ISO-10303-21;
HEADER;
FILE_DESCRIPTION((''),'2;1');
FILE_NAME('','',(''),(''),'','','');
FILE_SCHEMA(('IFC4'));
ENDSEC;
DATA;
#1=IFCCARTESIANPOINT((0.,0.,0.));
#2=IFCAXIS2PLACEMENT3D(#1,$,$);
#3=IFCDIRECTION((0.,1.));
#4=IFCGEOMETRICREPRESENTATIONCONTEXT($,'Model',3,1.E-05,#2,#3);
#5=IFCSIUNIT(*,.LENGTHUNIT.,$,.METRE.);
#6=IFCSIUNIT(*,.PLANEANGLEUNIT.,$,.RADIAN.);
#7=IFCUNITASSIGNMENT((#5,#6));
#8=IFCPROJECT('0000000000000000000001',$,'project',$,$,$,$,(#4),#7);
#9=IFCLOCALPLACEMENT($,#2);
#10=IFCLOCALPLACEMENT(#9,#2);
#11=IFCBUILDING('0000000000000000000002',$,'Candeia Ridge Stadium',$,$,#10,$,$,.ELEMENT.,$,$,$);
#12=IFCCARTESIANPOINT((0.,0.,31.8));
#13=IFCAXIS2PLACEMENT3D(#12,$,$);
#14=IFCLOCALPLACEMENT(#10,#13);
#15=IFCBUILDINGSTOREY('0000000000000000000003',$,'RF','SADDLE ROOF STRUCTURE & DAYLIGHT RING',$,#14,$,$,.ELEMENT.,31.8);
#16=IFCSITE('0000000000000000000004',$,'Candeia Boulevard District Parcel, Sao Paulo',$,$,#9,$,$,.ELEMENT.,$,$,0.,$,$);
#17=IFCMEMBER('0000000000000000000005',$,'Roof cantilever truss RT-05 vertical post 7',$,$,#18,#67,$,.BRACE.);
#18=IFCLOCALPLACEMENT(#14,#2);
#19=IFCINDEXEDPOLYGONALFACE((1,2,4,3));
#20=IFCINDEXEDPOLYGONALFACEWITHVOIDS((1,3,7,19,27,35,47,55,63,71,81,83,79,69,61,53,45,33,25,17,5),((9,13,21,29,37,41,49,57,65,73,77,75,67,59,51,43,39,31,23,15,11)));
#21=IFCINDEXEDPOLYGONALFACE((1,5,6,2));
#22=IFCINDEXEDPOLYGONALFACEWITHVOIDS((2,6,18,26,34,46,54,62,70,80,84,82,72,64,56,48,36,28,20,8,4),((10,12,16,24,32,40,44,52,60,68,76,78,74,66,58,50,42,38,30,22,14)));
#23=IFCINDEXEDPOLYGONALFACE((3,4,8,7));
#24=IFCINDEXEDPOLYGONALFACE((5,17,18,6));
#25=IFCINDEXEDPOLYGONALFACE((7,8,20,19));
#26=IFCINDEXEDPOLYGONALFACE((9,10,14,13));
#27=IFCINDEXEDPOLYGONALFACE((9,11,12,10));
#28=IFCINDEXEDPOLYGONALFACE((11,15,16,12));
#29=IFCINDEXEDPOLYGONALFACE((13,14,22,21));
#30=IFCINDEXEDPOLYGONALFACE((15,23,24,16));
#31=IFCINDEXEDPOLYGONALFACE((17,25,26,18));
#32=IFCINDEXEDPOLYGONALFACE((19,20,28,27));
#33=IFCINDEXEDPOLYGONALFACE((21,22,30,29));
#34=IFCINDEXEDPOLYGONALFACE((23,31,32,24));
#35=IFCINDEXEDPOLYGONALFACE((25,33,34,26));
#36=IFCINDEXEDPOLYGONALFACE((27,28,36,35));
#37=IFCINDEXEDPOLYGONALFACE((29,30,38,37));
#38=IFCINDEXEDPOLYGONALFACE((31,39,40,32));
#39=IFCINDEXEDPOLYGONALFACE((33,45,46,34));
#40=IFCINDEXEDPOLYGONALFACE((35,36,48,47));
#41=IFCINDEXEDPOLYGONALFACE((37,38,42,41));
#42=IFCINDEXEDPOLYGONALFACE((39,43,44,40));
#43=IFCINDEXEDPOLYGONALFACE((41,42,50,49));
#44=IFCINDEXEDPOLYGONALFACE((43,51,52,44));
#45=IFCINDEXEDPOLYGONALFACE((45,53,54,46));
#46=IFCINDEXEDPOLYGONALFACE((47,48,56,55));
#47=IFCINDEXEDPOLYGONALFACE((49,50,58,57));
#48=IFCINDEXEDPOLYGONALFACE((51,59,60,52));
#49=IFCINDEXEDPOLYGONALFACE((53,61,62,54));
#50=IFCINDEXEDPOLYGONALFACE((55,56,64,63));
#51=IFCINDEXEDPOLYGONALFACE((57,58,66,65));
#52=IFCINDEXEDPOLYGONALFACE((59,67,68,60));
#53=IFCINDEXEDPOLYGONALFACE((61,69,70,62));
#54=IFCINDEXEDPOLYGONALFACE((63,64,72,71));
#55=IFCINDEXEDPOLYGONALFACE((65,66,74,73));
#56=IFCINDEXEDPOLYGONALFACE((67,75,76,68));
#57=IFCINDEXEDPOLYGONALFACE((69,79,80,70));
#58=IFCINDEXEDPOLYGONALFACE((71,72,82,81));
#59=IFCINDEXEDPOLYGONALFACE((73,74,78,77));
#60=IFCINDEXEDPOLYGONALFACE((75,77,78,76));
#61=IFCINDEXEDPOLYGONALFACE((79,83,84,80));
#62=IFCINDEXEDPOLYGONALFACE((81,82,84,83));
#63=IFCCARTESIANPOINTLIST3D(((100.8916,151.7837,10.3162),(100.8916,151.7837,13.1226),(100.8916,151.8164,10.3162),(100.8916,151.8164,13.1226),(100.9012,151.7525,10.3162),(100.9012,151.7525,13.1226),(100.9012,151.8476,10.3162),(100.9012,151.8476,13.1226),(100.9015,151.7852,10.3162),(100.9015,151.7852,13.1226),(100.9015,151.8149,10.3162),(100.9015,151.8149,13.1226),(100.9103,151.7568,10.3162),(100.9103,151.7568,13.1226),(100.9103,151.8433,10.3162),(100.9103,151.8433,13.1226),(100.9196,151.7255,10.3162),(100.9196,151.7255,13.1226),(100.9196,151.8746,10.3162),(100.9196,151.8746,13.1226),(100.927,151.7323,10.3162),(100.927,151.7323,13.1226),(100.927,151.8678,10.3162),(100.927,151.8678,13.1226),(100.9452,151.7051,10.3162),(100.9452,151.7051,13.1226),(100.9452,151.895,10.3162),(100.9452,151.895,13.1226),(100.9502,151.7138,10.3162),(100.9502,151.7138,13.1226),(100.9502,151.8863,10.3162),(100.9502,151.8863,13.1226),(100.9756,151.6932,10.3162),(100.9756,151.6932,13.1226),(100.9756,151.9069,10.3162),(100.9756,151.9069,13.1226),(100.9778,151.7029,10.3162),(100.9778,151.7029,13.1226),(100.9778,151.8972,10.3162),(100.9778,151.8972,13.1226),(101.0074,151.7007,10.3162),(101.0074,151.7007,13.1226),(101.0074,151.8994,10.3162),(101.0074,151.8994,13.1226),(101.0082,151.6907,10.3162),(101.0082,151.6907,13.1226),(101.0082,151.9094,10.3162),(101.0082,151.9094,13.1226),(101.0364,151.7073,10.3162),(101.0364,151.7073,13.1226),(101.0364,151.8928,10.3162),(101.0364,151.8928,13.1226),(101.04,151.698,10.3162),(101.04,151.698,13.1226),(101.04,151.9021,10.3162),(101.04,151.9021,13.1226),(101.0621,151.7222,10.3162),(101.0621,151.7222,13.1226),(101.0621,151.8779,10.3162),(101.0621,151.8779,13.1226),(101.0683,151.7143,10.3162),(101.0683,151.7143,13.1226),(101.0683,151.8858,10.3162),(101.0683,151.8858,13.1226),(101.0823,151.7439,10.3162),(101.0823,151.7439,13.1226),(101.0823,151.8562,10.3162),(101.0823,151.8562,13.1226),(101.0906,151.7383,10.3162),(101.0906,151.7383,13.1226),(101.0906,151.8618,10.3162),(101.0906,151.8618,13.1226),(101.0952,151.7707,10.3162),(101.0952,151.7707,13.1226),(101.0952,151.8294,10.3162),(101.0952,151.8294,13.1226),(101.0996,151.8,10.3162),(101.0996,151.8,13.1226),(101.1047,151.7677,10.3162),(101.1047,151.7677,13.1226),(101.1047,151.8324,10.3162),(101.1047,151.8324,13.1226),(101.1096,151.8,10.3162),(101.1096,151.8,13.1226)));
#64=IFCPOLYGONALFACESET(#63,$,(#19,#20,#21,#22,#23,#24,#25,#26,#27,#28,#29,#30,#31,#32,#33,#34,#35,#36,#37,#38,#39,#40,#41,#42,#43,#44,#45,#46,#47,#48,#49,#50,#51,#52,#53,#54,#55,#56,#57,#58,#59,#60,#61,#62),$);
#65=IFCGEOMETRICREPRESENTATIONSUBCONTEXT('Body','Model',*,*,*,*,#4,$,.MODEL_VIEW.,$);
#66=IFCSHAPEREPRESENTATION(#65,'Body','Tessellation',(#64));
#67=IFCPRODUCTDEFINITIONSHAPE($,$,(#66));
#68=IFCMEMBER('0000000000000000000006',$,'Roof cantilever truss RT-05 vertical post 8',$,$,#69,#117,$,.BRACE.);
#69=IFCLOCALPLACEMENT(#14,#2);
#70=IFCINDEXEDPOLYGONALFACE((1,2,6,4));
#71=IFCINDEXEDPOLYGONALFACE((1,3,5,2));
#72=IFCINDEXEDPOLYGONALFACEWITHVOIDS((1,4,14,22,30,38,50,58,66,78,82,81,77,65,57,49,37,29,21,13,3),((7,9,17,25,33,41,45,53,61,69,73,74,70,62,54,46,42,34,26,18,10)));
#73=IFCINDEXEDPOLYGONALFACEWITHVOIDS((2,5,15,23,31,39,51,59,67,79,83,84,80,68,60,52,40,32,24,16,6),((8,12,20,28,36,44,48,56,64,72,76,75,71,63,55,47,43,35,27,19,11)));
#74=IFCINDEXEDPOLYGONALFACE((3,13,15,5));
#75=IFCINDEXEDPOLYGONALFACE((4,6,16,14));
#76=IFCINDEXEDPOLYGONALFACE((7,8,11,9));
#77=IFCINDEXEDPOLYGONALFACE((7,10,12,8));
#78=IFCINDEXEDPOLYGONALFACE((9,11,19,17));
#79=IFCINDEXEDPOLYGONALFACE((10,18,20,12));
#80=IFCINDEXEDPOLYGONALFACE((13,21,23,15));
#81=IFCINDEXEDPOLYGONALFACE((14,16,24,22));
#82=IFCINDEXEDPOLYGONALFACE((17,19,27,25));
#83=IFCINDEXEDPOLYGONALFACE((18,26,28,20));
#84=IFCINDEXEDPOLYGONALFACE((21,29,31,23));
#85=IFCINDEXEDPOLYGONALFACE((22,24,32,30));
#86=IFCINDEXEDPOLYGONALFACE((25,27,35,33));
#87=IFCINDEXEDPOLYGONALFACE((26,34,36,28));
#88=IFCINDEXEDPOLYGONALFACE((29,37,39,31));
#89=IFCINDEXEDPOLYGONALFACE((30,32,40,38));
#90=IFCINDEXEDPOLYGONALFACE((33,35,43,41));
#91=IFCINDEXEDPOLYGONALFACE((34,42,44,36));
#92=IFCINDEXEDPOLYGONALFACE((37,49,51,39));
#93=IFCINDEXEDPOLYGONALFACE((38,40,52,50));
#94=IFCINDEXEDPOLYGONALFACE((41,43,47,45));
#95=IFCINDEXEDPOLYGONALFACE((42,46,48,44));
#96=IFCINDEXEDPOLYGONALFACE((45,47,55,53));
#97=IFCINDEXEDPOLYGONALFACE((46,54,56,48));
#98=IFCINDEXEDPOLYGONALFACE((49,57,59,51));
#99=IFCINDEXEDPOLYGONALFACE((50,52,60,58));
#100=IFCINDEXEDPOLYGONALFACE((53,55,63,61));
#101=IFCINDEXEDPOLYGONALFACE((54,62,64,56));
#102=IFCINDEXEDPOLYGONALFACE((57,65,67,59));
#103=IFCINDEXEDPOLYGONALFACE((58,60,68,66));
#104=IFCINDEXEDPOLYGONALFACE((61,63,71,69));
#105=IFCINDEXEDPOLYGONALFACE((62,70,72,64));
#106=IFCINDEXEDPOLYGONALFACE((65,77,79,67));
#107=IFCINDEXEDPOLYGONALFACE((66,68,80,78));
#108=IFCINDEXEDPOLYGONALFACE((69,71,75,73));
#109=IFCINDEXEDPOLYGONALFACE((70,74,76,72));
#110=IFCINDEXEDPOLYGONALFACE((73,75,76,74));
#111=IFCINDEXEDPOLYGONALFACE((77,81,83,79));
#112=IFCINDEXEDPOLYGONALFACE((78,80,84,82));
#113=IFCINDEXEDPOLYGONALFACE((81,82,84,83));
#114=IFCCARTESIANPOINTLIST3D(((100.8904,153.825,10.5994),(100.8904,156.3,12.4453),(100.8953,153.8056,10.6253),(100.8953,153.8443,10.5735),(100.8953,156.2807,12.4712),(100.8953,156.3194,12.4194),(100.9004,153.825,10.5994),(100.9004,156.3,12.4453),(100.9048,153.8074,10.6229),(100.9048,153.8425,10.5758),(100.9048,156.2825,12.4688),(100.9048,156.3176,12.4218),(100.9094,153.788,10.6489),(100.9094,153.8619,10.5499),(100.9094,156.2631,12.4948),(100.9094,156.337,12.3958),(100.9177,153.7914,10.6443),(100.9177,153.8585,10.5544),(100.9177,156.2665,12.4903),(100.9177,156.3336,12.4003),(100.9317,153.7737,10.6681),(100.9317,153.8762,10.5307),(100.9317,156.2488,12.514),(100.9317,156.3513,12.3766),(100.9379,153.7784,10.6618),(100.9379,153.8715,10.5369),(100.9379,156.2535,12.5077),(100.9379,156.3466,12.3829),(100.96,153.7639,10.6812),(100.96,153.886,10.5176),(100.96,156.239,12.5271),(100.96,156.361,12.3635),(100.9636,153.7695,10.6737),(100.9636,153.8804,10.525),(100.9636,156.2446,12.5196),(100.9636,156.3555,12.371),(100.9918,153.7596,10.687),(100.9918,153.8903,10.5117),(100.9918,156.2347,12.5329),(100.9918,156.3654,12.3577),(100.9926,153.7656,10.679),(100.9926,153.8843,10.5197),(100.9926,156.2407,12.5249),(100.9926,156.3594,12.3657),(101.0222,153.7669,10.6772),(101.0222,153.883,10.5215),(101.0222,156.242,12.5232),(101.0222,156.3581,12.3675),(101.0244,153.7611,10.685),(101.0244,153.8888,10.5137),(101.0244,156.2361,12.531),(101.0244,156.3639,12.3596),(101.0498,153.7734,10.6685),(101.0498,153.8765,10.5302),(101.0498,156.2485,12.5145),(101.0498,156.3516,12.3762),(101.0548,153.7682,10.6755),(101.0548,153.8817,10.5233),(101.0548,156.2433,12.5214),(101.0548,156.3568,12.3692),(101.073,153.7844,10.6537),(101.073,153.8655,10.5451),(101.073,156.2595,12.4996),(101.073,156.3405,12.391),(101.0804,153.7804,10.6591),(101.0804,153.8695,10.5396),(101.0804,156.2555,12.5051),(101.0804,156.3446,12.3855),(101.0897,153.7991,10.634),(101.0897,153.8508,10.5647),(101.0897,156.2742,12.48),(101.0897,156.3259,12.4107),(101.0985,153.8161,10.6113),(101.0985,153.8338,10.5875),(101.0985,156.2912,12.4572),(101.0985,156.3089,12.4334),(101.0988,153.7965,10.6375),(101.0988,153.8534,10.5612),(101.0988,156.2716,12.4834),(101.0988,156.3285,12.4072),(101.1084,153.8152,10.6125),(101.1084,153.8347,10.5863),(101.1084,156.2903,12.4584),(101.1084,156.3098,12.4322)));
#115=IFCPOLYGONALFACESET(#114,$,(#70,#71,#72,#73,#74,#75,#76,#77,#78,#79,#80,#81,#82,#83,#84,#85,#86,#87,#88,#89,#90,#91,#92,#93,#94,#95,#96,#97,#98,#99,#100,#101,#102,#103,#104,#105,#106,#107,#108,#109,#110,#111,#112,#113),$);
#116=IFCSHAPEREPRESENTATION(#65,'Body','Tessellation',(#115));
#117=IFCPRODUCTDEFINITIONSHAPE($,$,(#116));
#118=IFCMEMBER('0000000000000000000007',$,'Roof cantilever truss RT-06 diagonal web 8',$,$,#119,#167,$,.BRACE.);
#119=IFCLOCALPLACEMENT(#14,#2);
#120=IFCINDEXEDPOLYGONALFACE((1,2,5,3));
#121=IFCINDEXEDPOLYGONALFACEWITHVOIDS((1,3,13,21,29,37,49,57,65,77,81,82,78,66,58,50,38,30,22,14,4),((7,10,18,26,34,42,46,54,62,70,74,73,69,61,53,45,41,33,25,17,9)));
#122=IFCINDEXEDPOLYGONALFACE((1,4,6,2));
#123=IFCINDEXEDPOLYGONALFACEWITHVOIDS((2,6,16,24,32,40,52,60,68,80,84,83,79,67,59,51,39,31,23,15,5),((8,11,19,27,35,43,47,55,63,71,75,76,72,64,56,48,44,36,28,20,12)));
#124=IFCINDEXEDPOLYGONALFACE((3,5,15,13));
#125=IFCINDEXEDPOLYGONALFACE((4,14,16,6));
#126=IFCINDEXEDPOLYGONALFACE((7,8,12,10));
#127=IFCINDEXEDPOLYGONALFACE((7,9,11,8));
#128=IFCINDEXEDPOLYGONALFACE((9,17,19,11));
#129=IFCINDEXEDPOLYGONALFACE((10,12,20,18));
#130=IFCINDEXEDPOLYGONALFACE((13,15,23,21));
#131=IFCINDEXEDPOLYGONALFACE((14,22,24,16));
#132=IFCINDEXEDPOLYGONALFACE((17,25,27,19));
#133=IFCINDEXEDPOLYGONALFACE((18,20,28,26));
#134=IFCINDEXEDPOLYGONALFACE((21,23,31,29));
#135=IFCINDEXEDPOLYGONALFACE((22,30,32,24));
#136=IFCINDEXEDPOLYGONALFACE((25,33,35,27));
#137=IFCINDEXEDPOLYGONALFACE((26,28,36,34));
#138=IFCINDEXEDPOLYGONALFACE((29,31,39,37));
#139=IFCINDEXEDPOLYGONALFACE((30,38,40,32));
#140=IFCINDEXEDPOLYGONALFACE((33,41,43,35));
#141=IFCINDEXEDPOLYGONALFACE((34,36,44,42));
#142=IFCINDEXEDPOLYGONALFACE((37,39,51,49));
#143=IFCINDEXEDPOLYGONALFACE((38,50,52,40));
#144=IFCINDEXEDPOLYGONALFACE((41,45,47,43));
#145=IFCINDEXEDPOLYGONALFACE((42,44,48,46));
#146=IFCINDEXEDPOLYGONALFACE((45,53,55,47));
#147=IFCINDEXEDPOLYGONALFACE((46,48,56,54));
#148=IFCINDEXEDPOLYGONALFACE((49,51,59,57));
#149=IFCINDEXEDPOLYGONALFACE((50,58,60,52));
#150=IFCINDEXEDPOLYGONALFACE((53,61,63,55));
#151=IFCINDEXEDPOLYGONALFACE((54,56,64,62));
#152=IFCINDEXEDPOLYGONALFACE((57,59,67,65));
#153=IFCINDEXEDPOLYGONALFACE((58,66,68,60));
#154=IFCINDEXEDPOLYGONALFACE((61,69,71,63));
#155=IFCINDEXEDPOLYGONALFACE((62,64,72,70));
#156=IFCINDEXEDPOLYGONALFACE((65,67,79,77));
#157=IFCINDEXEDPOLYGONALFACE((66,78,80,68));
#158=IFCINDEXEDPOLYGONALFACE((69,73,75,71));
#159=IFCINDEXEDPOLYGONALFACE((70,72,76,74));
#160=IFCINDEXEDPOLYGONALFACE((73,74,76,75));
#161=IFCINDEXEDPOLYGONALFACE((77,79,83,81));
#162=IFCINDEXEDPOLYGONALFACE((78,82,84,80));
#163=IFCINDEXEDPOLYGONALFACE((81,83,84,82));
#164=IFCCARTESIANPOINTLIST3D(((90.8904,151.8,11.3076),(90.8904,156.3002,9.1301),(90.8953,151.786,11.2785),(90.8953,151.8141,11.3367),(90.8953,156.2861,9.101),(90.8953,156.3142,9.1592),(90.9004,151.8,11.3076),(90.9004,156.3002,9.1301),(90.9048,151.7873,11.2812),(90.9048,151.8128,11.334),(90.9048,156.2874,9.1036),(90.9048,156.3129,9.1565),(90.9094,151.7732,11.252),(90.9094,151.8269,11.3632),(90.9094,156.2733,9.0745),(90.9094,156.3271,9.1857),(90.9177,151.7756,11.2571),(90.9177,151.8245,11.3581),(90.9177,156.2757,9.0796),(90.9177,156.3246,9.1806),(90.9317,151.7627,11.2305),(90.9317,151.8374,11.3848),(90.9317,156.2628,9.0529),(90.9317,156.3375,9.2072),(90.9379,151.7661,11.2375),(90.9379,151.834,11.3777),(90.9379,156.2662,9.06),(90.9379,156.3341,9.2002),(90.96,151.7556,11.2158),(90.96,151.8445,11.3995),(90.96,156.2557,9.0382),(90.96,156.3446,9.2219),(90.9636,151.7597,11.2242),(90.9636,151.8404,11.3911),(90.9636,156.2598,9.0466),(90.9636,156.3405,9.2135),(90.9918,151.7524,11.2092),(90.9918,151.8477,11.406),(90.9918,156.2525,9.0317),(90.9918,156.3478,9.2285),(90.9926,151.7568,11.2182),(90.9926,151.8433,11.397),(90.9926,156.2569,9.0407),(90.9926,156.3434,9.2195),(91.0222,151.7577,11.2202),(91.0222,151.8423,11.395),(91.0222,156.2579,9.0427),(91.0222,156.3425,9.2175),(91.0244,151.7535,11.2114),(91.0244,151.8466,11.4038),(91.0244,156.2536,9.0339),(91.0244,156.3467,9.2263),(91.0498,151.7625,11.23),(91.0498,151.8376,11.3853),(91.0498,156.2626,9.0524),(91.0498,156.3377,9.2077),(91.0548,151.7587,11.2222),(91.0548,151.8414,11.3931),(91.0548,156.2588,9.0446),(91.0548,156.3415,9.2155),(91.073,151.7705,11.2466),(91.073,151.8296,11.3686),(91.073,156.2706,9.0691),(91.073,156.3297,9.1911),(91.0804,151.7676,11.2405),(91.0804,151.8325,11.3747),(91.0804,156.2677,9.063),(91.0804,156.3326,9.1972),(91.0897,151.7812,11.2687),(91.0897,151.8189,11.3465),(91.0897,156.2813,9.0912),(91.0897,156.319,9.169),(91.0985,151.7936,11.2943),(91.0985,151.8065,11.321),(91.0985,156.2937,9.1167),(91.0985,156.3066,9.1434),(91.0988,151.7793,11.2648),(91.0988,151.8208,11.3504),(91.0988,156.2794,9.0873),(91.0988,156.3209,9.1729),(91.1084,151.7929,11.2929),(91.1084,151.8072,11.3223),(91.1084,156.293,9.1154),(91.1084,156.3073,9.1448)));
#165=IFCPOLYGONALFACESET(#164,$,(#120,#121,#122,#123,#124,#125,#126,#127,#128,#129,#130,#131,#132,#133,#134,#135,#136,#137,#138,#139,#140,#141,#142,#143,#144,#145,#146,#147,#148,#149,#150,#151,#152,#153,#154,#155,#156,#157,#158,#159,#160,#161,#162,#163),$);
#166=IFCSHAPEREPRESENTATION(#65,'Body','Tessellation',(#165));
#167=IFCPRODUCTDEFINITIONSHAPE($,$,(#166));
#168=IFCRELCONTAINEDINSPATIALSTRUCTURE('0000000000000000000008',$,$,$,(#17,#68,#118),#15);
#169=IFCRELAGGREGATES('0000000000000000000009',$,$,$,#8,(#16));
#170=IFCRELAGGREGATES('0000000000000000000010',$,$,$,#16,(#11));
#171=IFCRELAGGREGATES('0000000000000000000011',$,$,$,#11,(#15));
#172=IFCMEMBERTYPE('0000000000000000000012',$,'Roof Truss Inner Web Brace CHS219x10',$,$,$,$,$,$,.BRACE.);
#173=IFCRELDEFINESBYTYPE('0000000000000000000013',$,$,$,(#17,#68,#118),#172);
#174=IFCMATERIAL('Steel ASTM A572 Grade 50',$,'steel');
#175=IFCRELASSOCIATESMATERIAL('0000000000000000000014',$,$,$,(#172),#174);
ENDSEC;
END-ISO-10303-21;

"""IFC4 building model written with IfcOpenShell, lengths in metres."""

from ifc_helpers import new_model, si_unit, direction, frame, origin, origin_2d, place, context, subcontext, project, spatial, hollow_circle, extrude, material, material_profile, profile_set, type_object, element, save


model = new_model("IFC4")

# Units and contexts
model_context = context("Model", 3, precision=1e-05, world=origin(), true_north=direction((0.0, 1.0)))
body_context = subcontext(model_context, "Body", "Model", "MODEL_VIEW")
ifc_project = project(units=[si_unit("LENGTHUNIT", "METRE"), si_unit("PLANEANGLEUNIT", "RADIAN")], contexts=[model_context])

# Site, building, storey
site_placement = place(None, origin())
site = spatial("IfcSite", under=ifc_project, at=site_placement, Name="Candeia Boulevard District Parcel, Sao Paulo", CompositionType="ELEMENT", RefElevation=0.0)
building_placement = place(site_placement, origin())
building = spatial("IfcBuilding", under=site, at=building_placement, Name="Candeia Ridge Stadium", CompositionType="ELEMENT")
storey_placement = place(building_placement, frame((0.0, 0.0, 31.8)))
storey = spatial("IfcBuildingStorey", under=building, at=storey_placement, Name="RF", Description="SADDLE ROOF STRUCTURE & DAYLIGHT RING", CompositionType="ELEMENT", Elevation=31.8)

# Shared definitions
ifc_material_1 = material(Name="Steel ASTM A572 Grade 50", Category="steel")

# Members
ifc_material_profile_1 = material_profile(ifc_material_1, hollow_circle(Radius=0.1096, WallThickness=0.01, at=origin_2d()), Name="CHS219x10", Category="steel")
ifc_profile_set_1 = profile_set([ifc_material_profile_1], Name="Steel ASTM A572 Grade 50")
member_type_1 = type_object("IfcMemberType", Name="Roof Truss Inner Web Brace CHS219x10", PredefinedType="BRACE", material=ifc_profile_set_1)
member_1_placement = place(storey_placement, frame((101.0, 151.8, 10.3162), z_axis=(0.0, 0.0, 1.0), x_axis=(1.0, 0.0, 0.0)))
element("IfcMember", 1, at=member_1_placement, inside=storey, type_object=member_type_1, Name="Roof cantilever truss RT-05 vertical post 7", PredefinedType="BRACE", context=body_context, shape_type="SweptSolid", body=[
    extrude(hollow_circle(Radius=0.1096, WallThickness=0.01, at=origin_2d()), origin(), (0.0, 0.0, 1.0), 2.8064),
])
member_2_placement = place(storey_placement, frame((101.0, 153.825, 10.5994), z_axis=(0.0, 0.80161, 0.597847), x_axis=(-1.0, 0.0, 0.0)))
element("IfcMember", 2, at=member_2_placement, inside=storey, type_object=member_type_1, Name="Roof cantilever truss RT-05 vertical post 8", PredefinedType="BRACE", context=body_context, shape_type="SweptSolid", body=[
    extrude(hollow_circle(Radius=0.1096, WallThickness=0.01, at=origin_2d()), origin(), (0.0, 0.0, 1.0), 3.0876),
])
member_3_placement = place(storey_placement, frame((91.0, 151.8, 11.3076), z_axis=(0.0, 0.900154, -0.435572), x_axis=(-1.0, 0.0, 0.0)))
element("IfcMember", 3, at=member_3_placement, inside=storey, type_object=member_type_1, Name="Roof cantilever truss RT-06 diagonal web 8", PredefinedType="BRACE", context=body_context, shape_type="SweptSolid", body=[
    extrude(hollow_circle(Radius=0.1096, WallThickness=0.01, at=origin_2d()), origin(), (0.0, 0.0, 1.0), 4.9993),
])

save(model, "model.ifc")
